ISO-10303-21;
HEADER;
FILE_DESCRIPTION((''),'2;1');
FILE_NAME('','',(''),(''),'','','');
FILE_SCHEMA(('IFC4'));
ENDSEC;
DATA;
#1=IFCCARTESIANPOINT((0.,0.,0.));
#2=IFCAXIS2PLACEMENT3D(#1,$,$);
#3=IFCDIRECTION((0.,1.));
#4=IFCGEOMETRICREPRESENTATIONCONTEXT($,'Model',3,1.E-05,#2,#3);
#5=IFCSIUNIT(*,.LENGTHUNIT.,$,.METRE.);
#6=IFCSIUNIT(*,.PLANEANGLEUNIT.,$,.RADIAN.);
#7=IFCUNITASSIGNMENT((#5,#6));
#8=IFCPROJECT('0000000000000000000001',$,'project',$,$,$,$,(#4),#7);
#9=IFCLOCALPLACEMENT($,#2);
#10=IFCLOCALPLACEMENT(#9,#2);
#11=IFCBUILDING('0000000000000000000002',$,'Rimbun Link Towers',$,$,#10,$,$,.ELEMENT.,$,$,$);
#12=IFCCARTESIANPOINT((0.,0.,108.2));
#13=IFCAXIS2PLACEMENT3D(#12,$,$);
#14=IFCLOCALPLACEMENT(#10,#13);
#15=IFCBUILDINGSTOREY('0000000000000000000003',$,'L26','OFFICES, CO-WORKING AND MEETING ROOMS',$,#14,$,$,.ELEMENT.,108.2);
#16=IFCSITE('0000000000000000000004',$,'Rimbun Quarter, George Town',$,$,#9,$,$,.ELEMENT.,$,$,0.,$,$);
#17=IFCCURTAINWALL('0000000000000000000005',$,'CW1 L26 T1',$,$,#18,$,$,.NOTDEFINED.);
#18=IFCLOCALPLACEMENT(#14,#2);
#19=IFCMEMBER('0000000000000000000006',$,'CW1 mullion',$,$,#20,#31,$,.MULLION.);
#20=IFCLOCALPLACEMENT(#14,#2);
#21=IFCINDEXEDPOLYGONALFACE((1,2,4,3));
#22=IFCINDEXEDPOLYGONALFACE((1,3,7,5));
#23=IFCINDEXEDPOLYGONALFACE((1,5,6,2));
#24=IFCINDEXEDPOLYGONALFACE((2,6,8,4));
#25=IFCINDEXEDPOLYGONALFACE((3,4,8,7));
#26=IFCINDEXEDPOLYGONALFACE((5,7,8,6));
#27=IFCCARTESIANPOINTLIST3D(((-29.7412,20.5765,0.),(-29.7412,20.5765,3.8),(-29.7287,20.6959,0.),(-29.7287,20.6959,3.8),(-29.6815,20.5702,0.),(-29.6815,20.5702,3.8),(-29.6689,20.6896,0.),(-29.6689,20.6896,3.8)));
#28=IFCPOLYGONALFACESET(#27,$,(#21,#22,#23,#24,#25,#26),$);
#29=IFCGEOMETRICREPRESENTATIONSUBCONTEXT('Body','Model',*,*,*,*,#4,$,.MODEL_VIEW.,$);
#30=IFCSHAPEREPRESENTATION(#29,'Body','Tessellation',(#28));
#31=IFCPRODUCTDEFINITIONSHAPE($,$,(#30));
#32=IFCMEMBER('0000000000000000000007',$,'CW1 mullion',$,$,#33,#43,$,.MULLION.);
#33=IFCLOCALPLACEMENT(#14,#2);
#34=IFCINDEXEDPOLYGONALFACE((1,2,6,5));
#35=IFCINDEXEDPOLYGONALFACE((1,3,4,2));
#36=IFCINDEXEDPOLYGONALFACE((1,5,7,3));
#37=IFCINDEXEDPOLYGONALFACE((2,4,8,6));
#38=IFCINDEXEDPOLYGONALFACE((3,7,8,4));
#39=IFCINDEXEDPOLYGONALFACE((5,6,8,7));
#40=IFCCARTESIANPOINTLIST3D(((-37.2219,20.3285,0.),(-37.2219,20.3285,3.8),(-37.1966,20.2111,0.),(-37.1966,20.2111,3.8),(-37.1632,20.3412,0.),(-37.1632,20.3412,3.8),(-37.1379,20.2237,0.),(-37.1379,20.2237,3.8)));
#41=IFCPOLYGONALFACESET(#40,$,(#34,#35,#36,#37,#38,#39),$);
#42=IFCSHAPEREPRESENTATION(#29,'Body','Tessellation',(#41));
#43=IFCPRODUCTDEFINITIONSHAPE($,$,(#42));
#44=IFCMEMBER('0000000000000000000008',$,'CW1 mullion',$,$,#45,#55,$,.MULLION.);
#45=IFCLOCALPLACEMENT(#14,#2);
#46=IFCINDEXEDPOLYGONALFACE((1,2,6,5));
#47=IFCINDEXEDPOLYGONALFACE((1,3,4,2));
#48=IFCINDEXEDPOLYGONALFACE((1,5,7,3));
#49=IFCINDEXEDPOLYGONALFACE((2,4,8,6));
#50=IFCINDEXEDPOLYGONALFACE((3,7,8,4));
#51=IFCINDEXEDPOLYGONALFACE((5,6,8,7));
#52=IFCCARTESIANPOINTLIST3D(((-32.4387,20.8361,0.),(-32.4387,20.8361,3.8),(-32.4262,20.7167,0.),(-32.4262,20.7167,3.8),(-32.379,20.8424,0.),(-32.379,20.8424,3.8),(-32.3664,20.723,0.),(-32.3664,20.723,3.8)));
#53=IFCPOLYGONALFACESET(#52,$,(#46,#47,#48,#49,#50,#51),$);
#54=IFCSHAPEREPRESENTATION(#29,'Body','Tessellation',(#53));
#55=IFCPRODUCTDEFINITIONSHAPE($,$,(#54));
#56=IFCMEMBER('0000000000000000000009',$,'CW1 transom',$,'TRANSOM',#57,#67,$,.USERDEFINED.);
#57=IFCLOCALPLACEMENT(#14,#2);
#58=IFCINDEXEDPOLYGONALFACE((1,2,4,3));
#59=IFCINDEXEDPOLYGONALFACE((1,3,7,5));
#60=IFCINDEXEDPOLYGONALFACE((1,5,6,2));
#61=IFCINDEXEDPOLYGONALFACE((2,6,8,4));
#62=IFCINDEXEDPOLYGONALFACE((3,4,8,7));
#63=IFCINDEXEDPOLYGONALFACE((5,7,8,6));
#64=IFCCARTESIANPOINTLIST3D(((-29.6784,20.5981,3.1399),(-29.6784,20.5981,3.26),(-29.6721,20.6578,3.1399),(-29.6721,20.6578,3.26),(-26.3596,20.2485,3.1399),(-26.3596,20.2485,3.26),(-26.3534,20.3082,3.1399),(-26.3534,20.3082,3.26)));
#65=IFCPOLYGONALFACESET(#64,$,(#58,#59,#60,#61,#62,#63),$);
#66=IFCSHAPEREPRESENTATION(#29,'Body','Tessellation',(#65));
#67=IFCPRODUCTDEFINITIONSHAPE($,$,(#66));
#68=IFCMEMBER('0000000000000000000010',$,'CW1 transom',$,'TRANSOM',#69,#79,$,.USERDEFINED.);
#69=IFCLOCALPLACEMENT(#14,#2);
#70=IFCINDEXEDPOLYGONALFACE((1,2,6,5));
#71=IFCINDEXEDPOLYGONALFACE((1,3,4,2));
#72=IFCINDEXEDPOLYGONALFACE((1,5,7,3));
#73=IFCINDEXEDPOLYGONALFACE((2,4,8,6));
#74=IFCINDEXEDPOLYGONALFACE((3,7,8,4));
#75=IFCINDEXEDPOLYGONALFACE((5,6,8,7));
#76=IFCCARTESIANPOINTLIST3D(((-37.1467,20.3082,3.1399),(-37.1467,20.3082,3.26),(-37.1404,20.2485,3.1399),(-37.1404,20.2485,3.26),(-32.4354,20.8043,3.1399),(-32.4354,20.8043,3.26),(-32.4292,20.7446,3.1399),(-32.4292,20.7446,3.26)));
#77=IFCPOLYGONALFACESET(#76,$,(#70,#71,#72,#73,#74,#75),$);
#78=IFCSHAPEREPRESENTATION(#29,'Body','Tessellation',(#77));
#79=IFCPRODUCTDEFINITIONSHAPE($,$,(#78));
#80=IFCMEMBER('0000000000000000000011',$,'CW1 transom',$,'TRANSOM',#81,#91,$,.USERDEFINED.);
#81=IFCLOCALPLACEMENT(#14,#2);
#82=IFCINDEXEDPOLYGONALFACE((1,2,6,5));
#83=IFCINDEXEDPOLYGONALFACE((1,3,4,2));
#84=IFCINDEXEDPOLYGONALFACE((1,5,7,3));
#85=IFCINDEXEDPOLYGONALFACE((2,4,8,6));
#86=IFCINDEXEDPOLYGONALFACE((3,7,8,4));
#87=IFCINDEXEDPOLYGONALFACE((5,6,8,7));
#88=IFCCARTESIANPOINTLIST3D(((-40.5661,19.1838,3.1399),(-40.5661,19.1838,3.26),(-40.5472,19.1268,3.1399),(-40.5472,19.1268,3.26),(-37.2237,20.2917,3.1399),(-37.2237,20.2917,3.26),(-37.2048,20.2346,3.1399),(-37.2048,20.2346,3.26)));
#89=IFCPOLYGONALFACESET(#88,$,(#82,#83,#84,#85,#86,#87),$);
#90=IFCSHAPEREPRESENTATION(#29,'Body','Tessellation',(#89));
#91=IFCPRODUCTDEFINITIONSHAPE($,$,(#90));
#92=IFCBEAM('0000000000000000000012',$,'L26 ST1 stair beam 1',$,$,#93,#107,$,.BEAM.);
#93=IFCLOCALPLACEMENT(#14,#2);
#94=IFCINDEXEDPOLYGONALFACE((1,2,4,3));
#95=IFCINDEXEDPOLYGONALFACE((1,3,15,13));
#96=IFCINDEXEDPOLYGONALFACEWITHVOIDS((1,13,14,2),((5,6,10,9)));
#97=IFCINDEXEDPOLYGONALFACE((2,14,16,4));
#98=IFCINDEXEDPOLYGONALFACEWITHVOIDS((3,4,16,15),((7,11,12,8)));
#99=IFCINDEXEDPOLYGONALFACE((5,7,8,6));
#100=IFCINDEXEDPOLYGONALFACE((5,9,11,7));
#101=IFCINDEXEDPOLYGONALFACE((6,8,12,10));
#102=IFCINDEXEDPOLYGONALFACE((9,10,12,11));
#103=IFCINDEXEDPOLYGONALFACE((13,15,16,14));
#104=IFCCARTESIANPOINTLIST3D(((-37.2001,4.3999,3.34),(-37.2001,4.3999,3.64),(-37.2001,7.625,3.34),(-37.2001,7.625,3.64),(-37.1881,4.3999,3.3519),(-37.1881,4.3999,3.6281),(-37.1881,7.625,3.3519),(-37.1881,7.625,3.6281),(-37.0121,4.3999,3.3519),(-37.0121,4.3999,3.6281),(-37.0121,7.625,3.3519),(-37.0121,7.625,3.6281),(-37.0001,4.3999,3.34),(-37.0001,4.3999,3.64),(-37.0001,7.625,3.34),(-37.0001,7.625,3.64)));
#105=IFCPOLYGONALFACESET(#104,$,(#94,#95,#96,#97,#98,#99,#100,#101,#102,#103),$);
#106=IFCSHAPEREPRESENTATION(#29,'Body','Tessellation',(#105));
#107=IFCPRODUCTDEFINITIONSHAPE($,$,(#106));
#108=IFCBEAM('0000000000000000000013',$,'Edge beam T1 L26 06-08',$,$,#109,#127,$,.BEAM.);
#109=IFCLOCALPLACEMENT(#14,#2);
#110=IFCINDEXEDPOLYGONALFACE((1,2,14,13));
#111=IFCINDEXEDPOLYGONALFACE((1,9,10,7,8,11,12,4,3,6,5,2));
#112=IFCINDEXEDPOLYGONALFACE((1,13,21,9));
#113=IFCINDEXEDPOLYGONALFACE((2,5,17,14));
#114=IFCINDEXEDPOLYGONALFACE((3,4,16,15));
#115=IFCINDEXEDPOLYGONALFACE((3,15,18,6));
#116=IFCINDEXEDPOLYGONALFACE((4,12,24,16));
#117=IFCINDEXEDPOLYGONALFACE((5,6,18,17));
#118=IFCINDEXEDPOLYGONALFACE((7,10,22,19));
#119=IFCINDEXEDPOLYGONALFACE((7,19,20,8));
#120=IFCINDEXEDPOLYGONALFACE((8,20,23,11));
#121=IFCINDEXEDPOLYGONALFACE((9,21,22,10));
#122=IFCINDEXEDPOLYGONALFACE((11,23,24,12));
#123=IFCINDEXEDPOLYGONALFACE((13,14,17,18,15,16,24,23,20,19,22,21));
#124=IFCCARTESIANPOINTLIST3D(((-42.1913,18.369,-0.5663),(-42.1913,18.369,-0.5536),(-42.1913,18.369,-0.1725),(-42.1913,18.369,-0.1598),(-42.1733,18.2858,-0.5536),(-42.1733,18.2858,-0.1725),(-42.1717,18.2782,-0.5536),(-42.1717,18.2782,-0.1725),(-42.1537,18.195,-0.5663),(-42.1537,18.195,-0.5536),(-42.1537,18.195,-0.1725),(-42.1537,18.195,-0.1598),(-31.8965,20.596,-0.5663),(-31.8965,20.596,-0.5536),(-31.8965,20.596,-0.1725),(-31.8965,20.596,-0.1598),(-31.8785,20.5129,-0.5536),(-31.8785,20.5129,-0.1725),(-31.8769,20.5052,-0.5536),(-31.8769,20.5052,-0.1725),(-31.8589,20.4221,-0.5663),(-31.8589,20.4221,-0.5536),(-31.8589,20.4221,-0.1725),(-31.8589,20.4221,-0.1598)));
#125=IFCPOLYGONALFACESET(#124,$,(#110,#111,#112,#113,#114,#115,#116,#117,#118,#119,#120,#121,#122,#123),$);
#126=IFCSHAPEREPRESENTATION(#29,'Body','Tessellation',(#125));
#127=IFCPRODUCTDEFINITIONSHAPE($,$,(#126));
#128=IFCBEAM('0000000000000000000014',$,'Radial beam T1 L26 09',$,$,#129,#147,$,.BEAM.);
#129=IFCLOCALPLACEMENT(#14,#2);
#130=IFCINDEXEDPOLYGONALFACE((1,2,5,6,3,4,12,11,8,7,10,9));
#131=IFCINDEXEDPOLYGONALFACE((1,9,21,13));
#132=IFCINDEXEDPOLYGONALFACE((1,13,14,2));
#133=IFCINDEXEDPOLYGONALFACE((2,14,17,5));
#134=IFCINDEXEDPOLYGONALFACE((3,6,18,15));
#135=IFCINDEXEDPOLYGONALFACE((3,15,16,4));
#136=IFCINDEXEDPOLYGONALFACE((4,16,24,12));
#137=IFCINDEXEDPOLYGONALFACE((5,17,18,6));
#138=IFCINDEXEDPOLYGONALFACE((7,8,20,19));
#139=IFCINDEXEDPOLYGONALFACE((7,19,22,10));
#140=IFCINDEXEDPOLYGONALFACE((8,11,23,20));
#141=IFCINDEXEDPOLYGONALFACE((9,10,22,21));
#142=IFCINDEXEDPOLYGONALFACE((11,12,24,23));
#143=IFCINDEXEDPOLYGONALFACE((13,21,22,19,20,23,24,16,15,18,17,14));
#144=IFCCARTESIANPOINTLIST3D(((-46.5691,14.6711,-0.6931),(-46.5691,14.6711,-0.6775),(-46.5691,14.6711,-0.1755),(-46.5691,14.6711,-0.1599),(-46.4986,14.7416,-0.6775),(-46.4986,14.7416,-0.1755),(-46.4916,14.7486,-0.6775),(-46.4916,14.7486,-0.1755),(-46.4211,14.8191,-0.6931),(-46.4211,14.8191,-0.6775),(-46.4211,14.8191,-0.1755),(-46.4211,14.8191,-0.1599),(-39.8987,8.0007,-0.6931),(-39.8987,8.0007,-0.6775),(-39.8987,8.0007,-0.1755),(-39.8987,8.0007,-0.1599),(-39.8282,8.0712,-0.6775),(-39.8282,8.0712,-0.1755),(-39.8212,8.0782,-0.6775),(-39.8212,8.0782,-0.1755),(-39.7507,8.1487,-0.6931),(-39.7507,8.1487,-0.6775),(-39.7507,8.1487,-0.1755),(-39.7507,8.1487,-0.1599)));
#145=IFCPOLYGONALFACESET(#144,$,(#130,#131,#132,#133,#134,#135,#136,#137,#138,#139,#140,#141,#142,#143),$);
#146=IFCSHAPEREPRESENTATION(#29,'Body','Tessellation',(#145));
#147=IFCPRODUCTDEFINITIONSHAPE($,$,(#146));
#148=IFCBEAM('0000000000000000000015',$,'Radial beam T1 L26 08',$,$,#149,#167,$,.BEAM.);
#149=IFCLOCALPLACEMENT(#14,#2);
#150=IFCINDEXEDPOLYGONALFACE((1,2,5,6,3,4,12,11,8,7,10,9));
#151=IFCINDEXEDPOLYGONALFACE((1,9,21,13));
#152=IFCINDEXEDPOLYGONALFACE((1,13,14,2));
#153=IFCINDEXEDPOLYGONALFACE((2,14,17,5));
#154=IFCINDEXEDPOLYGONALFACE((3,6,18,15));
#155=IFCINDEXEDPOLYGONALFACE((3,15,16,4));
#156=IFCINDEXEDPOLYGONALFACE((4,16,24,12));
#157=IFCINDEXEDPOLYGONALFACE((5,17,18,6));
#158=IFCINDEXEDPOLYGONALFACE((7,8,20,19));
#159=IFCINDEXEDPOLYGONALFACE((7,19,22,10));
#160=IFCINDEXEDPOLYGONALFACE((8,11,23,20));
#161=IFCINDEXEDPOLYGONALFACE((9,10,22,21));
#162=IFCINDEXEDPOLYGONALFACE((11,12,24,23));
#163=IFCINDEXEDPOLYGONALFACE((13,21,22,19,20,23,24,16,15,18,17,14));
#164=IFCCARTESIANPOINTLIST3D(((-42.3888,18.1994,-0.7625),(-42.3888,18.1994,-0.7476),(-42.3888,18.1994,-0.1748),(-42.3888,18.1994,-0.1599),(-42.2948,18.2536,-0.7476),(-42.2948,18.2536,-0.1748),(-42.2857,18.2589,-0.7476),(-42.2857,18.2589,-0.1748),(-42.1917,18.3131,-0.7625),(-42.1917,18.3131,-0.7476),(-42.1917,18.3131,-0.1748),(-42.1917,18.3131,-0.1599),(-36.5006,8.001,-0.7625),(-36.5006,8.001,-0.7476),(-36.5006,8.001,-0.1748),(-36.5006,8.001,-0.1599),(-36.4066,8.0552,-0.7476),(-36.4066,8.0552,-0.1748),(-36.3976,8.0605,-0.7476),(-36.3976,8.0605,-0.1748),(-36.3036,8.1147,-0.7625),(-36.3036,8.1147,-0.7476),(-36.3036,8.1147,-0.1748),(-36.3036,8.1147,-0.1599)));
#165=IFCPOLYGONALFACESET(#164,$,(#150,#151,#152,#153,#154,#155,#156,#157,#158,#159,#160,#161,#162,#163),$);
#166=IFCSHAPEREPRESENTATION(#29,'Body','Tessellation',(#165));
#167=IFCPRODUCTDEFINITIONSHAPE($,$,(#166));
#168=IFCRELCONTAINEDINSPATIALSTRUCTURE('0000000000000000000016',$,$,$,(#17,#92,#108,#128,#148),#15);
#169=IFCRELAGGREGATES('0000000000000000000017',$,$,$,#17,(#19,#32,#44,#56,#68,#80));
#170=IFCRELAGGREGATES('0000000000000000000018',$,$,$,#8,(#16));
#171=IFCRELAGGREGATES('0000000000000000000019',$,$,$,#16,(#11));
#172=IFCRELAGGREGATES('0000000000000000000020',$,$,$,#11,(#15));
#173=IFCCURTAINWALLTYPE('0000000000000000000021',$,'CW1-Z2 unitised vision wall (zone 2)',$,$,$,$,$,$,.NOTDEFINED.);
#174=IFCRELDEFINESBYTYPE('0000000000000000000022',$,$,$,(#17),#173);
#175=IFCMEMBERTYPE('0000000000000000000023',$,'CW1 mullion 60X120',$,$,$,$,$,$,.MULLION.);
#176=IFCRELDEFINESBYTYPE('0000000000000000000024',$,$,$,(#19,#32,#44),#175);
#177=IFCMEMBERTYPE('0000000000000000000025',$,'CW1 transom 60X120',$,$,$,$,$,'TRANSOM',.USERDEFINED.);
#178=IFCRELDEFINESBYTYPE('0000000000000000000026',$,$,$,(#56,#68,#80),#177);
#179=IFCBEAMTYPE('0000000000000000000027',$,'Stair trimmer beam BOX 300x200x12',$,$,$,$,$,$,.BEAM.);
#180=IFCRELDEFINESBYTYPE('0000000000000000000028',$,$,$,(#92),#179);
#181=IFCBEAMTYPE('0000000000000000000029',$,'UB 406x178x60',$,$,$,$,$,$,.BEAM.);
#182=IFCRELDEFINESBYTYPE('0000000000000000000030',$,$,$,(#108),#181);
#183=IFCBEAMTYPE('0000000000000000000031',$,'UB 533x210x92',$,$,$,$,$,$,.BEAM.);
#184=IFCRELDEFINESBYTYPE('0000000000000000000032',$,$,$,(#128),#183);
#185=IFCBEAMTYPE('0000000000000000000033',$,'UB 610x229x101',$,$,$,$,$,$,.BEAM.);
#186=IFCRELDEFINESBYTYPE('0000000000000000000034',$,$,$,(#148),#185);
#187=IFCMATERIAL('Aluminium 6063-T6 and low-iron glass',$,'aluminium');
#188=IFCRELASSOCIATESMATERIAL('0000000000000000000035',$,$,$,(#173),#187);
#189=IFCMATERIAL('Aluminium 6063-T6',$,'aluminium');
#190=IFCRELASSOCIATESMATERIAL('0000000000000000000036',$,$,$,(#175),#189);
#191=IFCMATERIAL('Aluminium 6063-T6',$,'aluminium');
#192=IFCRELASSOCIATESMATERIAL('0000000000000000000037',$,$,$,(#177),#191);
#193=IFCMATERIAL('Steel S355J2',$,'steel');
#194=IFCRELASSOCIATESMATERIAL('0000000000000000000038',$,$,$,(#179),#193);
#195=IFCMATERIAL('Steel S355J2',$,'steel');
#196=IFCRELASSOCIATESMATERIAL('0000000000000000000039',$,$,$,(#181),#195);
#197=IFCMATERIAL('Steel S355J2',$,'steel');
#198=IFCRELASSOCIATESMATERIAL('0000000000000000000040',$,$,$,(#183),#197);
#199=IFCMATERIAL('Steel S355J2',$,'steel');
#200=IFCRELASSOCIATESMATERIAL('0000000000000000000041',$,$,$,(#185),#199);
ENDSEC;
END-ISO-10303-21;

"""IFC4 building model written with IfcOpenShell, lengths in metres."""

from ifc_helpers import new_model, si_unit, direction, frame, origin, origin_2d, place, context, subcontext, project, spatial, rectangle, hollow_rectangle, i_section, extrude, material, material_profile, profile_set, type_object, element, aggregate, save


model = new_model("IFC4")

# Units and contexts
model_context = context("Model", 3, precision=1e-05, world=origin(), true_north=direction((0.0, 1.0)))
body_context = subcontext(model_context, "Body", "Model", "MODEL_VIEW")
ifc_project = project(units=[si_unit("LENGTHUNIT", "METRE"), si_unit("PLANEANGLEUNIT", "RADIAN")], contexts=[model_context])

# Site, building, storey
site_placement = place(None, origin())
site = spatial("IfcSite", under=ifc_project, at=site_placement, Name="Rimbun Quarter, George Town", CompositionType="ELEMENT", RefElevation=0.0)
building_placement = place(site_placement, origin())
building = spatial("IfcBuilding", under=site, at=building_placement, Name="Rimbun Link Towers", CompositionType="ELEMENT")
storey_placement = place(building_placement, frame((0.0, 0.0, 108.2)))
storey = spatial("IfcBuildingStorey", under=building, at=storey_placement, Name="L26", Description="OFFICES, CO-WORKING AND MEETING ROOMS", CompositionType="ELEMENT", Elevation=108.2)

# Curtain wall, members
ifc_material_1 = material(Name="Aluminium 6063-T6 and low-iron glass", Category="aluminium")
curtain_wall_type = type_object("IfcCurtainWallType", Name="CW1-Z2 unitised vision wall (zone 2)", PredefinedType="NOTDEFINED", material=ifc_material_1)
curtain_wall_placement = place(storey_placement, origin())
curtain_wall = element("IfcCurtainWall", 1, at=curtain_wall_placement, inside=storey, type_object=curtain_wall_type, Name="CW1 L26 T1", PredefinedType="NOTDEFINED")
ifc_material_2 = material(Name="Aluminium 6063-T6", Category="aluminium")
ifc_material_profile_1 = material_profile(ifc_material_2, rectangle(XDim=0.1201, YDim=0.0601, at=origin_2d()), Name="MULLION 60X120")
ifc_profile_set_1 = profile_set([ifc_material_profile_1], Name="Aluminium 6063-T6")
member_type_1 = type_object("IfcMemberType", Name="CW1 mullion 60X120", PredefinedType="MULLION", material=ifc_profile_set_1)
member_1_placement = place(storey_placement, frame((-29.7051, 20.6331, 0.0), z_axis=(0.0, 0.0, 1.0), x_axis=(0.104732, 0.994501, 0.0)))
member_1 = element("IfcMember", 2, at=member_1_placement, type_object=member_type_1, Name="CW1 mullion", PredefinedType="MULLION", context=body_context, shape_type="SweptSolid", body=[
    extrude(rectangle(XDim=0.1201, YDim=0.0601, at=origin_2d()), origin(), (0.0, 0.0, 1.0), 3.8),
])
member_2_placement = place(storey_placement, frame((-37.1799, 20.2761, 0.0), z_axis=(0.0, 0.0, 1.0), x_axis=(-0.210865, 0.977515, 0.0)))
member_2 = element("IfcMember", 3, at=member_2_placement, type_object=member_type_1, Name="CW1 mullion", PredefinedType="MULLION", context=body_context, shape_type="SweptSolid", body=[
    extrude(rectangle(XDim=0.1201, YDim=0.0601, at=origin_2d()), origin(), (0.0, 0.0, 1.0), 3.8),
])
member_3_placement = place(storey_placement, frame((-32.4026, 20.7795, 0.0), z_axis=(0.0, 0.0, 1.0), x_axis=(-0.104732, 0.994501, 0.0)))
member_3 = element("IfcMember", 4, at=member_3_placement, type_object=member_type_1, Name="CW1 mullion", PredefinedType="MULLION", context=body_context, shape_type="SweptSolid", body=[
    extrude(rectangle(XDim=0.1201, YDim=0.0601, at=origin_2d()), origin(), (0.0, 0.0, 1.0), 3.8),
])
ifc_material_3 = material(Name="Aluminium 6063-T6", Category="aluminium")
ifc_material_profile_2 = material_profile(ifc_material_3, rectangle(XDim=0.0601, YDim=0.1201, at=origin_2d()), Name="TRANSOM 60X120")
ifc_profile_set_2 = profile_set([ifc_material_profile_2], Name="Aluminium 6063-T6")
member_type_2 = type_object("IfcMemberType", Name="CW1 transom 60X120", ElementType="TRANSOM", PredefinedType="USERDEFINED", material=ifc_profile_set_2)
member_4_placement = place(storey_placement, frame((-29.6753, 20.6279, 3.2), z_axis=(0.994497, -0.104761, 0.0), x_axis=(0.104761, 0.994497, 0.0)))
member_4 = element("IfcMember", 5, at=member_4_placement, type_object=member_type_2, Name="CW1 transom", ObjectType="TRANSOM", PredefinedType="USERDEFINED", context=body_context, shape_type="SweptSolid", body=[
    extrude(rectangle(XDim=0.0601, YDim=0.1201, at=origin_2d()), origin(), (0.0, 0.0, 1.0), 3.3372),
])
member_5_placement = place(storey_placement, frame((-37.1436, 20.2783, 3.2), z_axis=(0.994501, 0.104722, 0.0), x_axis=(-0.104722, 0.994501, 0.0)))
member_5 = element("IfcMember", 6, at=member_5_placement, type_object=member_type_2, Name="CW1 transom", ObjectType="TRANSOM", PredefinedType="USERDEFINED", context=body_context, shape_type="SweptSolid", body=[
    extrude(rectangle(XDim=0.0601, YDim=0.1201, at=origin_2d()), origin(), (0.0, 0.0, 1.0), 4.7373),
])
member_6_placement = place(storey_placement, frame((-40.5566, 19.1553, 3.2), z_axis=(0.949216, 0.314626, 0.0), x_axis=(-0.314626, 0.949216, 0.0)))
member_6 = element("IfcMember", 7, at=member_6_placement, type_object=member_type_2, Name="CW1 transom", ObjectType="TRANSOM", PredefinedType="USERDEFINED", context=body_context, shape_type="SweptSolid", body=[
    extrude(rectangle(XDim=0.0601, YDim=0.1201, at=origin_2d()), origin(), (0.0, 0.0, 1.0), 3.5212),
])

# Beams
ifc_material_4 = material(Name="Steel S355J2", Category="steel")
ifc_material_profile_3 = material_profile(ifc_material_4, hollow_rectangle(XDim=0.2, YDim=0.3, WallThickness=0.012, at=origin_2d()), Name="BOX 300x200x12")
ifc_profile_set_3 = profile_set([ifc_material_profile_3], Name="Steel S355J2")
beam_type_1 = type_object("IfcBeamType", Name="Stair trimmer beam BOX 300x200x12", PredefinedType="BEAM", material=ifc_profile_set_3)
beam_1_placement = place(storey_placement, frame((-37.1001, 7.625, 3.49), z_axis=(0.0, -1.0, 0.0), x_axis=(1.0, 0.0, 0.0)))
element("IfcBeam", 8, at=beam_1_placement, inside=storey, type_object=beam_type_1, Name="L26 ST1 stair beam 1", PredefinedType="BEAM", context=body_context, shape_type="SweptSolid", body=[
    extrude(hollow_rectangle(XDim=0.2, YDim=0.3, WallThickness=0.012, at=origin_2d()), origin(), (0.0, 0.0, 1.0), 3.2251),
])
ifc_material_5 = material(Name="Steel S355J2", Category="steel")
ifc_material_profile_4 = material_profile(ifc_material_5, i_section(OverallWidth=0.178, OverallDepth=0.4065, WebThickness=0.0078, FlangeThickness=0.0127, at=origin_2d()), Name="UB 406x178x60")
ifc_profile_set_4 = profile_set([ifc_material_profile_4], Name="Steel S355J2")
beam_type_2 = type_object("IfcBeamType", Name="UB 406x178x60", PredefinedType="BEAM", material=ifc_profile_set_4)
beam_2_placement = place(storey_placement, frame((-31.8777, 20.509, -0.363), z_axis=(-0.977392, -0.211435, 0.0), x_axis=(0.211435, -0.977392, 0.0)))
element("IfcBeam", 9, at=beam_2_placement, inside=storey, type_object=beam_type_2, Name="Edge beam T1 L26 06-08", PredefinedType="BEAM", context=body_context, shape_type="SweptSolid", body=[
    extrude(i_section(OverallWidth=0.178, OverallDepth=0.4065, WebThickness=0.0078, FlangeThickness=0.0127, at=origin_2d()), origin(), (0.0, 0.0, 1.0), 10.533),
])
ifc_material_6 = material(Name="Steel S355J2", Category="steel")
ifc_material_profile_5 = material_profile(ifc_material_6, i_section(OverallWidth=0.2092, OverallDepth=0.5332, WebThickness=0.01, FlangeThickness=0.0156, at=origin_2d()), Name="UB 533x210x92")
ifc_profile_set_5 = profile_set([ifc_material_profile_5], Name="Steel S355J2")
beam_type_3 = type_object("IfcBeamType", Name="UB 533x210x92", PredefinedType="BEAM", material=ifc_profile_set_5)
beam_3_placement = place(storey_placement, frame((-39.8247, 8.0747, -0.4265), z_axis=(-0.707107, 0.707107, 0.0), x_axis=(-0.707107, -0.707107, 0.0)))
element("IfcBeam", 10, at=beam_3_placement, inside=storey, type_object=beam_type_3, Name="Radial beam T1 L26 09", PredefinedType="BEAM", context=body_context, shape_type="SweptSolid", body=[
    extrude(i_section(OverallWidth=0.2092, OverallDepth=0.5332, WebThickness=0.01, FlangeThickness=0.0156, at=origin_2d()), origin(), (0.0, 0.0, 1.0), 9.4333),
])
ifc_material_7 = material(Name="Steel S355J2", Category="steel")
ifc_material_profile_6 = material_profile(ifc_material_7, i_section(OverallWidth=0.2275, OverallDepth=0.6025, WebThickness=0.0105, FlangeThickness=0.0149, at=origin_2d()), Name="UB 610x229x101")
ifc_profile_set_6 = profile_set([ifc_material_profile_6], Name="Steel S355J2")
beam_type_4 = type_object("IfcBeamType", Name="UB 610x229x101", PredefinedType="BEAM", material=ifc_profile_set_6)
beam_4_placement = place(storey_placement, frame((-36.4021, 8.0579, -0.4612), z_axis=(-0.500005, 0.866022, 0.0), x_axis=(-0.866022, -0.500005, 0.0)))
element("IfcBeam", 11, at=beam_4_placement, inside=storey, type_object=beam_type_4, Name="Radial beam T1 L26 08", PredefinedType="BEAM", context=body_context, shape_type="SweptSolid", body=[
    extrude(i_section(OverallWidth=0.2275, OverallDepth=0.6025, WebThickness=0.0105, FlangeThickness=0.0149, at=origin_2d()), origin(), (0.0, 0.0, 1.0), 11.7761),
])

aggregate(curtain_wall, [member_1, member_2, member_3, member_4, member_5, member_6])

save(model, "model.ifc")
